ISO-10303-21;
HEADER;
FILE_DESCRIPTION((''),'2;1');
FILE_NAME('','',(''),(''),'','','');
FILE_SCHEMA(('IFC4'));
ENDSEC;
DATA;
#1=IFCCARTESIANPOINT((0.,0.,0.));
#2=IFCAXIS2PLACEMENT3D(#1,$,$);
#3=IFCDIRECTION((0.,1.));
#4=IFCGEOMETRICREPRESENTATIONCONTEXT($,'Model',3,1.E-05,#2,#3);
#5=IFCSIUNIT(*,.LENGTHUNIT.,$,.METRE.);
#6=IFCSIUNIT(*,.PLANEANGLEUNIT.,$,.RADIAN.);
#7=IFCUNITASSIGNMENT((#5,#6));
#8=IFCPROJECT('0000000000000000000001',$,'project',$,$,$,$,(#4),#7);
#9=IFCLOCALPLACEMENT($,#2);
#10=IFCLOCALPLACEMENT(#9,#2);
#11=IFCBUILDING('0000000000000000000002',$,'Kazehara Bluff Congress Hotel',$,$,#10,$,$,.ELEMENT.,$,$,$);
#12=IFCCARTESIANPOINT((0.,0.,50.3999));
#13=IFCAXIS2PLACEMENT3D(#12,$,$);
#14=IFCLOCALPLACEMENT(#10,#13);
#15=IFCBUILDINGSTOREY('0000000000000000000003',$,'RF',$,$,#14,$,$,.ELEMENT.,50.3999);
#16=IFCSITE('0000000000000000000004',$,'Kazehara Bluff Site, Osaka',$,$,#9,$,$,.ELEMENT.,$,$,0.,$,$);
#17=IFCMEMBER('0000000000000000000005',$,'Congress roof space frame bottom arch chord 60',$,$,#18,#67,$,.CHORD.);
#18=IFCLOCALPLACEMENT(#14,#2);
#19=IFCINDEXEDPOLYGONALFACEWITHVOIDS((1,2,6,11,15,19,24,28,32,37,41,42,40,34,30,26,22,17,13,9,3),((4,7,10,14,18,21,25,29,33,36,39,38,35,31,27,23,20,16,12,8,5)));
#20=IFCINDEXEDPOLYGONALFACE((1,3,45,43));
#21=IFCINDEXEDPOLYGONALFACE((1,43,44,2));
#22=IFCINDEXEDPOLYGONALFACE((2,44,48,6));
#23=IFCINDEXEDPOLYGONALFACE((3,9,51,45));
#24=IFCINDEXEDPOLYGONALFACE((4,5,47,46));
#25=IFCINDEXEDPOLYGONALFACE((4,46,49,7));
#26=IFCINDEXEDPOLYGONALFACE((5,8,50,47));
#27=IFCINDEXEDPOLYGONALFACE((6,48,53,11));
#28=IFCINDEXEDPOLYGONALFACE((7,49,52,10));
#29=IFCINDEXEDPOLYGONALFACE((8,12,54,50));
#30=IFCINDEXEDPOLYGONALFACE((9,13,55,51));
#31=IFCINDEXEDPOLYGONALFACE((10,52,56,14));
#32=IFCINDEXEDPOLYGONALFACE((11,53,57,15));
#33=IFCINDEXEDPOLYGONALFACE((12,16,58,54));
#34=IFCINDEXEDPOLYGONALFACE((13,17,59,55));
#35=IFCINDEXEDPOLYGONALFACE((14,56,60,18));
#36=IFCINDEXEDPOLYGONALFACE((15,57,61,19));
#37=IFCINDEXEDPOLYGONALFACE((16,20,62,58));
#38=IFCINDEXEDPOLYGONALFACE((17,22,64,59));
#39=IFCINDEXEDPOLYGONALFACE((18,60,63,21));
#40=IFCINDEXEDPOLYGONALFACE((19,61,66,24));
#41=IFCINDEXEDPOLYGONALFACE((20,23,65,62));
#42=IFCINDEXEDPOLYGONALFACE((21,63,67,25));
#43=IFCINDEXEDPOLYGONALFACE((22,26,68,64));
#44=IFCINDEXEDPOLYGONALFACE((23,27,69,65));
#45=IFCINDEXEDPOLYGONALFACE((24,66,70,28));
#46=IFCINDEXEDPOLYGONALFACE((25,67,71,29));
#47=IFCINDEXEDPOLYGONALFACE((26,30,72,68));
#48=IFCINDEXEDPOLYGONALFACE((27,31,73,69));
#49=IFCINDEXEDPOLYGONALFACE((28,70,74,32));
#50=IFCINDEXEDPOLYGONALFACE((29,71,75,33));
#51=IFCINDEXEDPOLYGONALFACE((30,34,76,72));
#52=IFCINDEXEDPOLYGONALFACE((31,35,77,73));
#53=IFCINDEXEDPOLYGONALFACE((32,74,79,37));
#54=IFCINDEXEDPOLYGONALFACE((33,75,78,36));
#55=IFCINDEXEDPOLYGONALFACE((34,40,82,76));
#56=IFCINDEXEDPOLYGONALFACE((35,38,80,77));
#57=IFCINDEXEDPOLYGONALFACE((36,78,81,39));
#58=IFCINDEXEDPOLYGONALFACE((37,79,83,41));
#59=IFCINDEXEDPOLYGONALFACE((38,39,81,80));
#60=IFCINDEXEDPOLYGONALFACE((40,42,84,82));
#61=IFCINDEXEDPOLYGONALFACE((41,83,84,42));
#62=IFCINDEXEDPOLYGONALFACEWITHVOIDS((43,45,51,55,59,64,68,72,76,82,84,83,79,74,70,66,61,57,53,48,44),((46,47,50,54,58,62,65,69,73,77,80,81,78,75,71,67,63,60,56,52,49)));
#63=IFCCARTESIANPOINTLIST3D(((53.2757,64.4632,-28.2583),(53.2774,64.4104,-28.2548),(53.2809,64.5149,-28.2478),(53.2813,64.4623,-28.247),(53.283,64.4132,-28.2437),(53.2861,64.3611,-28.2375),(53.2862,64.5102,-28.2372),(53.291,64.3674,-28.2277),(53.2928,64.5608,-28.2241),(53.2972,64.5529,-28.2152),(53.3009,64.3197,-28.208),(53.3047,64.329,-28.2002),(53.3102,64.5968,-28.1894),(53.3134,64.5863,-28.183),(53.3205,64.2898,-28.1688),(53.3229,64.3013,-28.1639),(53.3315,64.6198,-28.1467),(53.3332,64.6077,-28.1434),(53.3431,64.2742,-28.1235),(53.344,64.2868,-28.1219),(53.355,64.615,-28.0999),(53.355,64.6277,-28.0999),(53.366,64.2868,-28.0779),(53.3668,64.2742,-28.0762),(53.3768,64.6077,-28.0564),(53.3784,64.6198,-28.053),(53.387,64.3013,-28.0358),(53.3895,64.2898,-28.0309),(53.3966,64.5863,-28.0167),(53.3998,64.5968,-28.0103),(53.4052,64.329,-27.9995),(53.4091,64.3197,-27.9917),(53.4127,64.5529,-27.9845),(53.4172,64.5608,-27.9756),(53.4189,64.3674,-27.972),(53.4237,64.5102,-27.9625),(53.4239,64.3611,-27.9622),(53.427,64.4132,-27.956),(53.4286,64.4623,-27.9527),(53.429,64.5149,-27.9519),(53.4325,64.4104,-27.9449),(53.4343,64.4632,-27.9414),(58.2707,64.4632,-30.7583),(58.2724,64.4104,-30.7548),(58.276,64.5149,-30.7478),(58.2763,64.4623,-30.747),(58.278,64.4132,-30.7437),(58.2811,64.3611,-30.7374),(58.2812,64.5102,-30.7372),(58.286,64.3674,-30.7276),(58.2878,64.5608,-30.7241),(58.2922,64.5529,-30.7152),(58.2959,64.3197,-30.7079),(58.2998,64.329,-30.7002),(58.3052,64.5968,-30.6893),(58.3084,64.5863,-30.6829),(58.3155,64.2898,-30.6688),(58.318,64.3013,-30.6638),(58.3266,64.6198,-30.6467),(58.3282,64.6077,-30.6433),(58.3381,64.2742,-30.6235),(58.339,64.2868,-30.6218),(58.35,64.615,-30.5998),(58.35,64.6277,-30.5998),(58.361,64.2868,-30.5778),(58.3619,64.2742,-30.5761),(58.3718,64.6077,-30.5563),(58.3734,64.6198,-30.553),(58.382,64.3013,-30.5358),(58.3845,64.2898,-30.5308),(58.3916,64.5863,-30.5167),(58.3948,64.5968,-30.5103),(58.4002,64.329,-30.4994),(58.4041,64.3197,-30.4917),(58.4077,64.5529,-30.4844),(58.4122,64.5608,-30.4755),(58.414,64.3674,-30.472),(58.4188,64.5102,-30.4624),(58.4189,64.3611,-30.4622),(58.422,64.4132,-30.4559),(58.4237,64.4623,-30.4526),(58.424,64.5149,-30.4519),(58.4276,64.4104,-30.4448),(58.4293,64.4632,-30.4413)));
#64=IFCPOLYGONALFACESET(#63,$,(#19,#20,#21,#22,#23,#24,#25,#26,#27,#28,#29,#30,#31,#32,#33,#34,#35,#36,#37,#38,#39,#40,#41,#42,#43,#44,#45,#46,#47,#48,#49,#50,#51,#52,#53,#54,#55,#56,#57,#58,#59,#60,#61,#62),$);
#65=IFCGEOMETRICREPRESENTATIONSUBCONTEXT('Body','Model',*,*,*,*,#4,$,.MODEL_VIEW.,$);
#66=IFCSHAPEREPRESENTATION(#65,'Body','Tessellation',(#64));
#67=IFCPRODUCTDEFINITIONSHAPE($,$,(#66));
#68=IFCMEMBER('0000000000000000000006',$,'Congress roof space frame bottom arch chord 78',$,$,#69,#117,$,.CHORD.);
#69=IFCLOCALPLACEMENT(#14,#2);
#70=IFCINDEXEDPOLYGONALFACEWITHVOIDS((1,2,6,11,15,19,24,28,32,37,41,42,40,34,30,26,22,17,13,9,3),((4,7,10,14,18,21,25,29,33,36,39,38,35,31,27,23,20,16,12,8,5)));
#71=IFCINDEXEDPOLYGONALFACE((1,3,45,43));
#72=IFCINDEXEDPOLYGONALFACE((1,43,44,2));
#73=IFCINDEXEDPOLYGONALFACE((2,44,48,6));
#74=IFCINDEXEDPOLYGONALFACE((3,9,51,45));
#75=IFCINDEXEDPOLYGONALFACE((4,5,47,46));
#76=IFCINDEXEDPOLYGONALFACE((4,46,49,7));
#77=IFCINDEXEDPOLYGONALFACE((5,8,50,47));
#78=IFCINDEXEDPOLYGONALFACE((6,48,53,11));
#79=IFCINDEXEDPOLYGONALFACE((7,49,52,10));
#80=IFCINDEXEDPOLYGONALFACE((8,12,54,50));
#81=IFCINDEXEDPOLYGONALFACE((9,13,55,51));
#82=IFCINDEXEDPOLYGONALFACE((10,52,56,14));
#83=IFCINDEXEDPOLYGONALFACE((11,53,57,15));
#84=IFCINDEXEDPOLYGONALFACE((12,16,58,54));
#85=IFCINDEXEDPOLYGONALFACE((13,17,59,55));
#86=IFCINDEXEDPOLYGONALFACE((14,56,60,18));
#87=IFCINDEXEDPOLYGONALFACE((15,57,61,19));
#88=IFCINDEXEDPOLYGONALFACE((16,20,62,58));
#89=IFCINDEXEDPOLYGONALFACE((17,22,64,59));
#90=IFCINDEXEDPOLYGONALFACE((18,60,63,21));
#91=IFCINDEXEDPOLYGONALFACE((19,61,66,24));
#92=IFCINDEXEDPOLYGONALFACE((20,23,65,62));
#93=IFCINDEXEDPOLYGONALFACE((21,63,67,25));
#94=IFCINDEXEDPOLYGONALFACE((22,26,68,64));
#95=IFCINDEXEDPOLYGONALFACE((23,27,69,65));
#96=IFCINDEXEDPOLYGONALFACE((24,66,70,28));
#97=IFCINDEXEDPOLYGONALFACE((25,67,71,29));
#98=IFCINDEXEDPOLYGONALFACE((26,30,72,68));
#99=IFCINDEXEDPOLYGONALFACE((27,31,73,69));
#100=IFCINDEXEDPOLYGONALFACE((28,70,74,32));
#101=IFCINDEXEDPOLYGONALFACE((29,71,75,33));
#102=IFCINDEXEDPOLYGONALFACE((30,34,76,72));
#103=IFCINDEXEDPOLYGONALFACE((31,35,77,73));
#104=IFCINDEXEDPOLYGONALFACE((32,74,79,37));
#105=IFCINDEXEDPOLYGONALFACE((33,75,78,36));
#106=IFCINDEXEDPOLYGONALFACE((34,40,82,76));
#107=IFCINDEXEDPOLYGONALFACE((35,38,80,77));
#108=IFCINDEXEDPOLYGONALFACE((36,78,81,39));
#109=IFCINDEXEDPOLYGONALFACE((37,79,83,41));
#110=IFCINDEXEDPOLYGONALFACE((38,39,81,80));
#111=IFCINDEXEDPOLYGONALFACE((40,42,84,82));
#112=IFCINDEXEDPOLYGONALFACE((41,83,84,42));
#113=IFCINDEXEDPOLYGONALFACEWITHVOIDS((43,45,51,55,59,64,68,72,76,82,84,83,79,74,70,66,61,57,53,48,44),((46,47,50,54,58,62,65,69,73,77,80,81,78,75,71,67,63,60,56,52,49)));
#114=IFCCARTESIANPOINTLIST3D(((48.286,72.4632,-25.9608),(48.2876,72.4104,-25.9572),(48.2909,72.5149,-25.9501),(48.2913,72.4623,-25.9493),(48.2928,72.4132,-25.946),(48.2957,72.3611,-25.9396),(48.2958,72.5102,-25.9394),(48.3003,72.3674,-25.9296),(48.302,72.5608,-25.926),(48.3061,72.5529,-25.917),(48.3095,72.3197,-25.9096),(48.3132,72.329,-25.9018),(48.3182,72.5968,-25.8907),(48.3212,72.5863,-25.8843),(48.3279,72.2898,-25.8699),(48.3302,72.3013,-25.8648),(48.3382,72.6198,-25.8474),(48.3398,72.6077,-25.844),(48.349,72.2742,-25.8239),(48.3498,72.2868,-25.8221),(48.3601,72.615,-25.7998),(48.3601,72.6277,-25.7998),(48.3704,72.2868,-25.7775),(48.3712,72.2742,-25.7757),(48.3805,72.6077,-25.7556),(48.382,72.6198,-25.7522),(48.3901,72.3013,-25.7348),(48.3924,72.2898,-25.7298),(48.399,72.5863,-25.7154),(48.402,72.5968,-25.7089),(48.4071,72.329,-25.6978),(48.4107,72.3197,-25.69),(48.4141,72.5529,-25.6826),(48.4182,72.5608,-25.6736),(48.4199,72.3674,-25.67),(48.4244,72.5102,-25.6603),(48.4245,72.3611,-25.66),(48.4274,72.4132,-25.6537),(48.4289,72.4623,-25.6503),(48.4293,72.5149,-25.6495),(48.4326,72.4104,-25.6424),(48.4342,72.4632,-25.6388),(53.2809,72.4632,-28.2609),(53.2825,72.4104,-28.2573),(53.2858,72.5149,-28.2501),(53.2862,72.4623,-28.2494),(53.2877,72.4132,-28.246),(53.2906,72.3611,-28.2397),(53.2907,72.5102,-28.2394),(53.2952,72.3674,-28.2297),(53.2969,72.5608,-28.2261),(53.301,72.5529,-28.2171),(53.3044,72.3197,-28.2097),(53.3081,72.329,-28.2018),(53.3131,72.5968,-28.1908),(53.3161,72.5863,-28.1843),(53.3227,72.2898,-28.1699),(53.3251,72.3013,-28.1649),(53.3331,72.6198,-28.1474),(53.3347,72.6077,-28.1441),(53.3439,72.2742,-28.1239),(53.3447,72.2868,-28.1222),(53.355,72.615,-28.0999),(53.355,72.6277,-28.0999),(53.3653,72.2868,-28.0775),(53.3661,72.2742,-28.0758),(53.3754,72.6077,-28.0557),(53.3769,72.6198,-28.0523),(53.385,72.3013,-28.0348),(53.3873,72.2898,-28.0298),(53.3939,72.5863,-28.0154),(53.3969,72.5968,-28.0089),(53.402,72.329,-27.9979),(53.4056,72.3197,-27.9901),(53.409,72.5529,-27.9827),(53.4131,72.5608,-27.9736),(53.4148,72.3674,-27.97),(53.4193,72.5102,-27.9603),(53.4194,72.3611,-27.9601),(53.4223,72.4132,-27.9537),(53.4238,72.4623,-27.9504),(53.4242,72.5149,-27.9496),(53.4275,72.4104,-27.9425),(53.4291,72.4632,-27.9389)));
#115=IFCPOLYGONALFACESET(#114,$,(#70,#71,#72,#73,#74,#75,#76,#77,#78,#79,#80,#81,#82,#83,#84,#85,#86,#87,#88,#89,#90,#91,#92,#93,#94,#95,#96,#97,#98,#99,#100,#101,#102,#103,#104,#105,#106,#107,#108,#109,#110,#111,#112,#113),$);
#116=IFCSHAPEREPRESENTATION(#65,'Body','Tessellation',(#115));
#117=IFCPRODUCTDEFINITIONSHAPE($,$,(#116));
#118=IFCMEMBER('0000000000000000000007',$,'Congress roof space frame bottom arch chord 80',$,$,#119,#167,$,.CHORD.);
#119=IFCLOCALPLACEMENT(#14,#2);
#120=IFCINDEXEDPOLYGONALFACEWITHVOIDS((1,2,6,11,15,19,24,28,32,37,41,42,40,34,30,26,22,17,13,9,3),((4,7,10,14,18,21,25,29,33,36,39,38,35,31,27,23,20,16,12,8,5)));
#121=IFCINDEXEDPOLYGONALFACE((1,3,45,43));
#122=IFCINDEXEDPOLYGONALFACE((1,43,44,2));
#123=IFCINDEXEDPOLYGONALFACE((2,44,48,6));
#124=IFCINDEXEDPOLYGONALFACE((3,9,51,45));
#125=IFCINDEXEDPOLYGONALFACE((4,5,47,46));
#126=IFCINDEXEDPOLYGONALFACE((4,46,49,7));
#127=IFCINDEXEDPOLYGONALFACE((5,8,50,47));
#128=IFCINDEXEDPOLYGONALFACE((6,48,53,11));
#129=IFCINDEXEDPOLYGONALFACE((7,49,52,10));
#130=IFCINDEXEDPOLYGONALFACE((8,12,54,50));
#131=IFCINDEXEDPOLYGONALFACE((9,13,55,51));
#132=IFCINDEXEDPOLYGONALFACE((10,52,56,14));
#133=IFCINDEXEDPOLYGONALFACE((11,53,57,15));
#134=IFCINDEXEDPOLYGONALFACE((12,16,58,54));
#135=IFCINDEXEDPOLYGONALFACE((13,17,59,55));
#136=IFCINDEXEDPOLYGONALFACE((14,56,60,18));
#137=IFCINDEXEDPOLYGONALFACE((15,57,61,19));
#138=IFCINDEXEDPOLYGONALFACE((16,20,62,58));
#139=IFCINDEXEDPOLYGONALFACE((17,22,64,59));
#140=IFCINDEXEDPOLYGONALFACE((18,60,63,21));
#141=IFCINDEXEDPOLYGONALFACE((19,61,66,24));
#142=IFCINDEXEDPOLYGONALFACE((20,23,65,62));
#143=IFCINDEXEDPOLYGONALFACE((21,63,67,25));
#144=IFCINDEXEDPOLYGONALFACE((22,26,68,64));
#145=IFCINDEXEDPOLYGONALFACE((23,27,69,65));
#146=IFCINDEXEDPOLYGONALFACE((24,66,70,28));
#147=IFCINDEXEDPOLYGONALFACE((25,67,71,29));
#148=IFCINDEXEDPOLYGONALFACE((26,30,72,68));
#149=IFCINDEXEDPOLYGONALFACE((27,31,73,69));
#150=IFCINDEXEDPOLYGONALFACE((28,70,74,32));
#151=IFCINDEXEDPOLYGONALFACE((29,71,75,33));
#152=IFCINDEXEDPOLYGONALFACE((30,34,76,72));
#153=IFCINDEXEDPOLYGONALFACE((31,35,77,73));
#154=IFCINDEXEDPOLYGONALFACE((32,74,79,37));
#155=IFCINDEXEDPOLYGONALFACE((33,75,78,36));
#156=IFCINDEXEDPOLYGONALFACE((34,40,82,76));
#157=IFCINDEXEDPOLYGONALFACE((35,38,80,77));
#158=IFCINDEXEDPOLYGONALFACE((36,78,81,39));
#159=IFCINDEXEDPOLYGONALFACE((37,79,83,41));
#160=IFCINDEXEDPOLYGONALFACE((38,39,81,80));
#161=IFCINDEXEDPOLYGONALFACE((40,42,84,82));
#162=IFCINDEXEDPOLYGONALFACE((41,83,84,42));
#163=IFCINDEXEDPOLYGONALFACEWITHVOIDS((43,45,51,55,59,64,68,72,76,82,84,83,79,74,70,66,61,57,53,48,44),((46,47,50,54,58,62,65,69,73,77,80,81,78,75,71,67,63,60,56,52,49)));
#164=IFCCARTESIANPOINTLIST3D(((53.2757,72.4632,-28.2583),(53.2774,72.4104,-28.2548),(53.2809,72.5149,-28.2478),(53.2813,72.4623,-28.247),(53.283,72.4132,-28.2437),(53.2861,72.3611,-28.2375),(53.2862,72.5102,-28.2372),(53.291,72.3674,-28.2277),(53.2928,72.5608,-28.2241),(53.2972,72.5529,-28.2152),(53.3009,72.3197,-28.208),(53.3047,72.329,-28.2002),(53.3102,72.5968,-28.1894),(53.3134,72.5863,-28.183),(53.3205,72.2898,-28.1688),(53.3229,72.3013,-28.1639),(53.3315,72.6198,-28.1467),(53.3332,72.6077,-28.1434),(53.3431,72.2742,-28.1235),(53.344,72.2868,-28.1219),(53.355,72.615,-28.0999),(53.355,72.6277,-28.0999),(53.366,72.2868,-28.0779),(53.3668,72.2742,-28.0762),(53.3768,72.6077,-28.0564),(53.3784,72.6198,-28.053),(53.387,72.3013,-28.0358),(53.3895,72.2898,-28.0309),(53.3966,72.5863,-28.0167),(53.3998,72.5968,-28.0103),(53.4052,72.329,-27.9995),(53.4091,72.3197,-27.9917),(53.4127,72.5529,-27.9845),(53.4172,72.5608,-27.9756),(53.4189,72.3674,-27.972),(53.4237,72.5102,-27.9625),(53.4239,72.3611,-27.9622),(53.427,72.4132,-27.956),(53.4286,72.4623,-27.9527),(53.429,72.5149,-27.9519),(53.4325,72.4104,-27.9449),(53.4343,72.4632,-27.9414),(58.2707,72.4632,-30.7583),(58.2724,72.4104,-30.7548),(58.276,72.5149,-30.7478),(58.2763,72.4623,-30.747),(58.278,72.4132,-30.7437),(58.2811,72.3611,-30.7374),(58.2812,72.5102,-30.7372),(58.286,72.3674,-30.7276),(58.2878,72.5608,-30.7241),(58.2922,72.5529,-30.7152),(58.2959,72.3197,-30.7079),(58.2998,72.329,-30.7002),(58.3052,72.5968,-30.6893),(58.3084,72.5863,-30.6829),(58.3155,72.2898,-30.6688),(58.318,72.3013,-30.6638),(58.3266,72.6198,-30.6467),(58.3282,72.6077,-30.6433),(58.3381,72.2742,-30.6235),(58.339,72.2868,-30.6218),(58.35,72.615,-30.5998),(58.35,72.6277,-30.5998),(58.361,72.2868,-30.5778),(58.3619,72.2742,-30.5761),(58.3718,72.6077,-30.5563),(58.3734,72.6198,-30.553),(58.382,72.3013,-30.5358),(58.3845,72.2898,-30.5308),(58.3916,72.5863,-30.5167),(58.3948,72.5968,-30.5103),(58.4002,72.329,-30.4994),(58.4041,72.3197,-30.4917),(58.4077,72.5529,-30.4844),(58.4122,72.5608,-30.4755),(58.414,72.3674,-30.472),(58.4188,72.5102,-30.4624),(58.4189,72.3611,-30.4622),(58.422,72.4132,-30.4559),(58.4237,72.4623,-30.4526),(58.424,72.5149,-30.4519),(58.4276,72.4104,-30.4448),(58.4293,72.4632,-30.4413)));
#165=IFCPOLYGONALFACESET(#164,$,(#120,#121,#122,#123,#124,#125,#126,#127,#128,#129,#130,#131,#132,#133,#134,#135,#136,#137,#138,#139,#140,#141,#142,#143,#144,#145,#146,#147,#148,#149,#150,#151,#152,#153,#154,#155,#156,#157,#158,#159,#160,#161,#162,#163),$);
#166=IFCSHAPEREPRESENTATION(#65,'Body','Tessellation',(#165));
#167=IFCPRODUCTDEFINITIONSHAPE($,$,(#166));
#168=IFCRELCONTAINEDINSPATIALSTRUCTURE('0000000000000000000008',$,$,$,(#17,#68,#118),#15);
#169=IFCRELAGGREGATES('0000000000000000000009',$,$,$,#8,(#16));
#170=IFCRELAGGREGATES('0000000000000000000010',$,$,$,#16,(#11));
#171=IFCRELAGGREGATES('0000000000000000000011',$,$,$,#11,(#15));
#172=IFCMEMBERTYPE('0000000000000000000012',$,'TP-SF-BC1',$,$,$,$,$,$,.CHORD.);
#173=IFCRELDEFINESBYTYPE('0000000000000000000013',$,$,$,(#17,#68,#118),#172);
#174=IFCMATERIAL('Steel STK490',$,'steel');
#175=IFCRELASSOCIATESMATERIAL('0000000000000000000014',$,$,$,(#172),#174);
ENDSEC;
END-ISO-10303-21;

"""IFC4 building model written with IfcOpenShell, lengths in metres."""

from ifc_helpers import new_model, si_unit, direction, frame, origin, origin_2d, place, context, subcontext, project, spatial, hollow_circle, extrude, material, material_profile, profile_set, type_object, element, save


model = new_model("IFC4")

# Units and contexts
model_context = context("Model", 3, precision=1e-05, world=origin(), true_north=direction((0.0, 1.0)))
body_context = subcontext(model_context, "Body", "Model", "MODEL_VIEW")
ifc_project = project(units=[si_unit("LENGTHUNIT", "METRE"), si_unit("PLANEANGLEUNIT", "RADIAN")], contexts=[model_context])

# Site, building, storey
site_placement = place(None, origin())
site = spatial("IfcSite", under=ifc_project, at=site_placement, Name="Kazehara Bluff Site, Osaka", CompositionType="ELEMENT", RefElevation=0.0)
building_placement = place(site_placement, origin())
building = spatial("IfcBuilding", under=site, at=building_placement, Name="Kazehara Bluff Congress Hotel", CompositionType="ELEMENT")
storey_placement = place(building_placement, frame((0.0, 0.0, 50.3999)))
storey = spatial("IfcBuildingStorey", under=building, at=storey_placement, Name="RF", CompositionType="ELEMENT", Elevation=50.3999)

# Members
ifc_material_1 = material(Name="Steel STK490", Category="steel")
ifc_material_profile_1 = material_profile(ifc_material_1, hollow_circle(Radius=0.1777, WallThickness=0.0127, at=origin_2d()))
ifc_profile_set_1 = profile_set([ifc_material_profile_1], Name="Steel STK490")
member_type_1 = type_object("IfcMemberType", Name="TP-SF-BC1", PredefinedType="CHORD", material=ifc_profile_set_1)
member_1_placement = place(storey_placement, frame((53.355, 64.45, -28.0999), z_axis=(0.894252, 0.0, -0.447563), x_axis=(0.0, 1.0, 0.0)))
element("IfcMember", 1, at=member_1_placement, inside=storey, type_object=member_type_1, Name="Congress roof space frame bottom arch chord 60", PredefinedType="CHORD", context=body_context, shape_type="SweptSolid", body=[
    extrude(hollow_circle(Radius=0.1777, WallThickness=0.0127, at=origin_2d()), origin(), (0.0, 0.0, 1.0), 5.5857),
])
member_2_placement = place(storey_placement, frame((48.3601, 72.45, -25.7998), z_axis=(0.908324, 0.0, -0.418267), x_axis=(0.0, 1.0, 0.0)))
element("IfcMember", 2, at=member_2_placement, inside=storey, type_object=member_type_1, Name="Congress roof space frame bottom arch chord 78", PredefinedType="CHORD", context=body_context, shape_type="SweptSolid", body=[
    extrude(hollow_circle(Radius=0.1777, WallThickness=0.0127, at=origin_2d()), origin(), (0.0, 0.0, 1.0), 5.499),
])
member_3_placement = place(storey_placement, frame((53.355, 72.45, -28.0999), z_axis=(0.894252, 0.0, -0.447563), x_axis=(0.0, 1.0, 0.0)))
element("IfcMember", 3, at=member_3_placement, inside=storey, type_object=member_type_1, Name="Congress roof space frame bottom arch chord 80", PredefinedType="CHORD", context=body_context, shape_type="SweptSolid", body=[
    extrude(hollow_circle(Radius=0.1777, WallThickness=0.0127, at=origin_2d()), origin(), (0.0, 0.0, 1.0), 5.5857),
])

save(model, "model.ifc")
